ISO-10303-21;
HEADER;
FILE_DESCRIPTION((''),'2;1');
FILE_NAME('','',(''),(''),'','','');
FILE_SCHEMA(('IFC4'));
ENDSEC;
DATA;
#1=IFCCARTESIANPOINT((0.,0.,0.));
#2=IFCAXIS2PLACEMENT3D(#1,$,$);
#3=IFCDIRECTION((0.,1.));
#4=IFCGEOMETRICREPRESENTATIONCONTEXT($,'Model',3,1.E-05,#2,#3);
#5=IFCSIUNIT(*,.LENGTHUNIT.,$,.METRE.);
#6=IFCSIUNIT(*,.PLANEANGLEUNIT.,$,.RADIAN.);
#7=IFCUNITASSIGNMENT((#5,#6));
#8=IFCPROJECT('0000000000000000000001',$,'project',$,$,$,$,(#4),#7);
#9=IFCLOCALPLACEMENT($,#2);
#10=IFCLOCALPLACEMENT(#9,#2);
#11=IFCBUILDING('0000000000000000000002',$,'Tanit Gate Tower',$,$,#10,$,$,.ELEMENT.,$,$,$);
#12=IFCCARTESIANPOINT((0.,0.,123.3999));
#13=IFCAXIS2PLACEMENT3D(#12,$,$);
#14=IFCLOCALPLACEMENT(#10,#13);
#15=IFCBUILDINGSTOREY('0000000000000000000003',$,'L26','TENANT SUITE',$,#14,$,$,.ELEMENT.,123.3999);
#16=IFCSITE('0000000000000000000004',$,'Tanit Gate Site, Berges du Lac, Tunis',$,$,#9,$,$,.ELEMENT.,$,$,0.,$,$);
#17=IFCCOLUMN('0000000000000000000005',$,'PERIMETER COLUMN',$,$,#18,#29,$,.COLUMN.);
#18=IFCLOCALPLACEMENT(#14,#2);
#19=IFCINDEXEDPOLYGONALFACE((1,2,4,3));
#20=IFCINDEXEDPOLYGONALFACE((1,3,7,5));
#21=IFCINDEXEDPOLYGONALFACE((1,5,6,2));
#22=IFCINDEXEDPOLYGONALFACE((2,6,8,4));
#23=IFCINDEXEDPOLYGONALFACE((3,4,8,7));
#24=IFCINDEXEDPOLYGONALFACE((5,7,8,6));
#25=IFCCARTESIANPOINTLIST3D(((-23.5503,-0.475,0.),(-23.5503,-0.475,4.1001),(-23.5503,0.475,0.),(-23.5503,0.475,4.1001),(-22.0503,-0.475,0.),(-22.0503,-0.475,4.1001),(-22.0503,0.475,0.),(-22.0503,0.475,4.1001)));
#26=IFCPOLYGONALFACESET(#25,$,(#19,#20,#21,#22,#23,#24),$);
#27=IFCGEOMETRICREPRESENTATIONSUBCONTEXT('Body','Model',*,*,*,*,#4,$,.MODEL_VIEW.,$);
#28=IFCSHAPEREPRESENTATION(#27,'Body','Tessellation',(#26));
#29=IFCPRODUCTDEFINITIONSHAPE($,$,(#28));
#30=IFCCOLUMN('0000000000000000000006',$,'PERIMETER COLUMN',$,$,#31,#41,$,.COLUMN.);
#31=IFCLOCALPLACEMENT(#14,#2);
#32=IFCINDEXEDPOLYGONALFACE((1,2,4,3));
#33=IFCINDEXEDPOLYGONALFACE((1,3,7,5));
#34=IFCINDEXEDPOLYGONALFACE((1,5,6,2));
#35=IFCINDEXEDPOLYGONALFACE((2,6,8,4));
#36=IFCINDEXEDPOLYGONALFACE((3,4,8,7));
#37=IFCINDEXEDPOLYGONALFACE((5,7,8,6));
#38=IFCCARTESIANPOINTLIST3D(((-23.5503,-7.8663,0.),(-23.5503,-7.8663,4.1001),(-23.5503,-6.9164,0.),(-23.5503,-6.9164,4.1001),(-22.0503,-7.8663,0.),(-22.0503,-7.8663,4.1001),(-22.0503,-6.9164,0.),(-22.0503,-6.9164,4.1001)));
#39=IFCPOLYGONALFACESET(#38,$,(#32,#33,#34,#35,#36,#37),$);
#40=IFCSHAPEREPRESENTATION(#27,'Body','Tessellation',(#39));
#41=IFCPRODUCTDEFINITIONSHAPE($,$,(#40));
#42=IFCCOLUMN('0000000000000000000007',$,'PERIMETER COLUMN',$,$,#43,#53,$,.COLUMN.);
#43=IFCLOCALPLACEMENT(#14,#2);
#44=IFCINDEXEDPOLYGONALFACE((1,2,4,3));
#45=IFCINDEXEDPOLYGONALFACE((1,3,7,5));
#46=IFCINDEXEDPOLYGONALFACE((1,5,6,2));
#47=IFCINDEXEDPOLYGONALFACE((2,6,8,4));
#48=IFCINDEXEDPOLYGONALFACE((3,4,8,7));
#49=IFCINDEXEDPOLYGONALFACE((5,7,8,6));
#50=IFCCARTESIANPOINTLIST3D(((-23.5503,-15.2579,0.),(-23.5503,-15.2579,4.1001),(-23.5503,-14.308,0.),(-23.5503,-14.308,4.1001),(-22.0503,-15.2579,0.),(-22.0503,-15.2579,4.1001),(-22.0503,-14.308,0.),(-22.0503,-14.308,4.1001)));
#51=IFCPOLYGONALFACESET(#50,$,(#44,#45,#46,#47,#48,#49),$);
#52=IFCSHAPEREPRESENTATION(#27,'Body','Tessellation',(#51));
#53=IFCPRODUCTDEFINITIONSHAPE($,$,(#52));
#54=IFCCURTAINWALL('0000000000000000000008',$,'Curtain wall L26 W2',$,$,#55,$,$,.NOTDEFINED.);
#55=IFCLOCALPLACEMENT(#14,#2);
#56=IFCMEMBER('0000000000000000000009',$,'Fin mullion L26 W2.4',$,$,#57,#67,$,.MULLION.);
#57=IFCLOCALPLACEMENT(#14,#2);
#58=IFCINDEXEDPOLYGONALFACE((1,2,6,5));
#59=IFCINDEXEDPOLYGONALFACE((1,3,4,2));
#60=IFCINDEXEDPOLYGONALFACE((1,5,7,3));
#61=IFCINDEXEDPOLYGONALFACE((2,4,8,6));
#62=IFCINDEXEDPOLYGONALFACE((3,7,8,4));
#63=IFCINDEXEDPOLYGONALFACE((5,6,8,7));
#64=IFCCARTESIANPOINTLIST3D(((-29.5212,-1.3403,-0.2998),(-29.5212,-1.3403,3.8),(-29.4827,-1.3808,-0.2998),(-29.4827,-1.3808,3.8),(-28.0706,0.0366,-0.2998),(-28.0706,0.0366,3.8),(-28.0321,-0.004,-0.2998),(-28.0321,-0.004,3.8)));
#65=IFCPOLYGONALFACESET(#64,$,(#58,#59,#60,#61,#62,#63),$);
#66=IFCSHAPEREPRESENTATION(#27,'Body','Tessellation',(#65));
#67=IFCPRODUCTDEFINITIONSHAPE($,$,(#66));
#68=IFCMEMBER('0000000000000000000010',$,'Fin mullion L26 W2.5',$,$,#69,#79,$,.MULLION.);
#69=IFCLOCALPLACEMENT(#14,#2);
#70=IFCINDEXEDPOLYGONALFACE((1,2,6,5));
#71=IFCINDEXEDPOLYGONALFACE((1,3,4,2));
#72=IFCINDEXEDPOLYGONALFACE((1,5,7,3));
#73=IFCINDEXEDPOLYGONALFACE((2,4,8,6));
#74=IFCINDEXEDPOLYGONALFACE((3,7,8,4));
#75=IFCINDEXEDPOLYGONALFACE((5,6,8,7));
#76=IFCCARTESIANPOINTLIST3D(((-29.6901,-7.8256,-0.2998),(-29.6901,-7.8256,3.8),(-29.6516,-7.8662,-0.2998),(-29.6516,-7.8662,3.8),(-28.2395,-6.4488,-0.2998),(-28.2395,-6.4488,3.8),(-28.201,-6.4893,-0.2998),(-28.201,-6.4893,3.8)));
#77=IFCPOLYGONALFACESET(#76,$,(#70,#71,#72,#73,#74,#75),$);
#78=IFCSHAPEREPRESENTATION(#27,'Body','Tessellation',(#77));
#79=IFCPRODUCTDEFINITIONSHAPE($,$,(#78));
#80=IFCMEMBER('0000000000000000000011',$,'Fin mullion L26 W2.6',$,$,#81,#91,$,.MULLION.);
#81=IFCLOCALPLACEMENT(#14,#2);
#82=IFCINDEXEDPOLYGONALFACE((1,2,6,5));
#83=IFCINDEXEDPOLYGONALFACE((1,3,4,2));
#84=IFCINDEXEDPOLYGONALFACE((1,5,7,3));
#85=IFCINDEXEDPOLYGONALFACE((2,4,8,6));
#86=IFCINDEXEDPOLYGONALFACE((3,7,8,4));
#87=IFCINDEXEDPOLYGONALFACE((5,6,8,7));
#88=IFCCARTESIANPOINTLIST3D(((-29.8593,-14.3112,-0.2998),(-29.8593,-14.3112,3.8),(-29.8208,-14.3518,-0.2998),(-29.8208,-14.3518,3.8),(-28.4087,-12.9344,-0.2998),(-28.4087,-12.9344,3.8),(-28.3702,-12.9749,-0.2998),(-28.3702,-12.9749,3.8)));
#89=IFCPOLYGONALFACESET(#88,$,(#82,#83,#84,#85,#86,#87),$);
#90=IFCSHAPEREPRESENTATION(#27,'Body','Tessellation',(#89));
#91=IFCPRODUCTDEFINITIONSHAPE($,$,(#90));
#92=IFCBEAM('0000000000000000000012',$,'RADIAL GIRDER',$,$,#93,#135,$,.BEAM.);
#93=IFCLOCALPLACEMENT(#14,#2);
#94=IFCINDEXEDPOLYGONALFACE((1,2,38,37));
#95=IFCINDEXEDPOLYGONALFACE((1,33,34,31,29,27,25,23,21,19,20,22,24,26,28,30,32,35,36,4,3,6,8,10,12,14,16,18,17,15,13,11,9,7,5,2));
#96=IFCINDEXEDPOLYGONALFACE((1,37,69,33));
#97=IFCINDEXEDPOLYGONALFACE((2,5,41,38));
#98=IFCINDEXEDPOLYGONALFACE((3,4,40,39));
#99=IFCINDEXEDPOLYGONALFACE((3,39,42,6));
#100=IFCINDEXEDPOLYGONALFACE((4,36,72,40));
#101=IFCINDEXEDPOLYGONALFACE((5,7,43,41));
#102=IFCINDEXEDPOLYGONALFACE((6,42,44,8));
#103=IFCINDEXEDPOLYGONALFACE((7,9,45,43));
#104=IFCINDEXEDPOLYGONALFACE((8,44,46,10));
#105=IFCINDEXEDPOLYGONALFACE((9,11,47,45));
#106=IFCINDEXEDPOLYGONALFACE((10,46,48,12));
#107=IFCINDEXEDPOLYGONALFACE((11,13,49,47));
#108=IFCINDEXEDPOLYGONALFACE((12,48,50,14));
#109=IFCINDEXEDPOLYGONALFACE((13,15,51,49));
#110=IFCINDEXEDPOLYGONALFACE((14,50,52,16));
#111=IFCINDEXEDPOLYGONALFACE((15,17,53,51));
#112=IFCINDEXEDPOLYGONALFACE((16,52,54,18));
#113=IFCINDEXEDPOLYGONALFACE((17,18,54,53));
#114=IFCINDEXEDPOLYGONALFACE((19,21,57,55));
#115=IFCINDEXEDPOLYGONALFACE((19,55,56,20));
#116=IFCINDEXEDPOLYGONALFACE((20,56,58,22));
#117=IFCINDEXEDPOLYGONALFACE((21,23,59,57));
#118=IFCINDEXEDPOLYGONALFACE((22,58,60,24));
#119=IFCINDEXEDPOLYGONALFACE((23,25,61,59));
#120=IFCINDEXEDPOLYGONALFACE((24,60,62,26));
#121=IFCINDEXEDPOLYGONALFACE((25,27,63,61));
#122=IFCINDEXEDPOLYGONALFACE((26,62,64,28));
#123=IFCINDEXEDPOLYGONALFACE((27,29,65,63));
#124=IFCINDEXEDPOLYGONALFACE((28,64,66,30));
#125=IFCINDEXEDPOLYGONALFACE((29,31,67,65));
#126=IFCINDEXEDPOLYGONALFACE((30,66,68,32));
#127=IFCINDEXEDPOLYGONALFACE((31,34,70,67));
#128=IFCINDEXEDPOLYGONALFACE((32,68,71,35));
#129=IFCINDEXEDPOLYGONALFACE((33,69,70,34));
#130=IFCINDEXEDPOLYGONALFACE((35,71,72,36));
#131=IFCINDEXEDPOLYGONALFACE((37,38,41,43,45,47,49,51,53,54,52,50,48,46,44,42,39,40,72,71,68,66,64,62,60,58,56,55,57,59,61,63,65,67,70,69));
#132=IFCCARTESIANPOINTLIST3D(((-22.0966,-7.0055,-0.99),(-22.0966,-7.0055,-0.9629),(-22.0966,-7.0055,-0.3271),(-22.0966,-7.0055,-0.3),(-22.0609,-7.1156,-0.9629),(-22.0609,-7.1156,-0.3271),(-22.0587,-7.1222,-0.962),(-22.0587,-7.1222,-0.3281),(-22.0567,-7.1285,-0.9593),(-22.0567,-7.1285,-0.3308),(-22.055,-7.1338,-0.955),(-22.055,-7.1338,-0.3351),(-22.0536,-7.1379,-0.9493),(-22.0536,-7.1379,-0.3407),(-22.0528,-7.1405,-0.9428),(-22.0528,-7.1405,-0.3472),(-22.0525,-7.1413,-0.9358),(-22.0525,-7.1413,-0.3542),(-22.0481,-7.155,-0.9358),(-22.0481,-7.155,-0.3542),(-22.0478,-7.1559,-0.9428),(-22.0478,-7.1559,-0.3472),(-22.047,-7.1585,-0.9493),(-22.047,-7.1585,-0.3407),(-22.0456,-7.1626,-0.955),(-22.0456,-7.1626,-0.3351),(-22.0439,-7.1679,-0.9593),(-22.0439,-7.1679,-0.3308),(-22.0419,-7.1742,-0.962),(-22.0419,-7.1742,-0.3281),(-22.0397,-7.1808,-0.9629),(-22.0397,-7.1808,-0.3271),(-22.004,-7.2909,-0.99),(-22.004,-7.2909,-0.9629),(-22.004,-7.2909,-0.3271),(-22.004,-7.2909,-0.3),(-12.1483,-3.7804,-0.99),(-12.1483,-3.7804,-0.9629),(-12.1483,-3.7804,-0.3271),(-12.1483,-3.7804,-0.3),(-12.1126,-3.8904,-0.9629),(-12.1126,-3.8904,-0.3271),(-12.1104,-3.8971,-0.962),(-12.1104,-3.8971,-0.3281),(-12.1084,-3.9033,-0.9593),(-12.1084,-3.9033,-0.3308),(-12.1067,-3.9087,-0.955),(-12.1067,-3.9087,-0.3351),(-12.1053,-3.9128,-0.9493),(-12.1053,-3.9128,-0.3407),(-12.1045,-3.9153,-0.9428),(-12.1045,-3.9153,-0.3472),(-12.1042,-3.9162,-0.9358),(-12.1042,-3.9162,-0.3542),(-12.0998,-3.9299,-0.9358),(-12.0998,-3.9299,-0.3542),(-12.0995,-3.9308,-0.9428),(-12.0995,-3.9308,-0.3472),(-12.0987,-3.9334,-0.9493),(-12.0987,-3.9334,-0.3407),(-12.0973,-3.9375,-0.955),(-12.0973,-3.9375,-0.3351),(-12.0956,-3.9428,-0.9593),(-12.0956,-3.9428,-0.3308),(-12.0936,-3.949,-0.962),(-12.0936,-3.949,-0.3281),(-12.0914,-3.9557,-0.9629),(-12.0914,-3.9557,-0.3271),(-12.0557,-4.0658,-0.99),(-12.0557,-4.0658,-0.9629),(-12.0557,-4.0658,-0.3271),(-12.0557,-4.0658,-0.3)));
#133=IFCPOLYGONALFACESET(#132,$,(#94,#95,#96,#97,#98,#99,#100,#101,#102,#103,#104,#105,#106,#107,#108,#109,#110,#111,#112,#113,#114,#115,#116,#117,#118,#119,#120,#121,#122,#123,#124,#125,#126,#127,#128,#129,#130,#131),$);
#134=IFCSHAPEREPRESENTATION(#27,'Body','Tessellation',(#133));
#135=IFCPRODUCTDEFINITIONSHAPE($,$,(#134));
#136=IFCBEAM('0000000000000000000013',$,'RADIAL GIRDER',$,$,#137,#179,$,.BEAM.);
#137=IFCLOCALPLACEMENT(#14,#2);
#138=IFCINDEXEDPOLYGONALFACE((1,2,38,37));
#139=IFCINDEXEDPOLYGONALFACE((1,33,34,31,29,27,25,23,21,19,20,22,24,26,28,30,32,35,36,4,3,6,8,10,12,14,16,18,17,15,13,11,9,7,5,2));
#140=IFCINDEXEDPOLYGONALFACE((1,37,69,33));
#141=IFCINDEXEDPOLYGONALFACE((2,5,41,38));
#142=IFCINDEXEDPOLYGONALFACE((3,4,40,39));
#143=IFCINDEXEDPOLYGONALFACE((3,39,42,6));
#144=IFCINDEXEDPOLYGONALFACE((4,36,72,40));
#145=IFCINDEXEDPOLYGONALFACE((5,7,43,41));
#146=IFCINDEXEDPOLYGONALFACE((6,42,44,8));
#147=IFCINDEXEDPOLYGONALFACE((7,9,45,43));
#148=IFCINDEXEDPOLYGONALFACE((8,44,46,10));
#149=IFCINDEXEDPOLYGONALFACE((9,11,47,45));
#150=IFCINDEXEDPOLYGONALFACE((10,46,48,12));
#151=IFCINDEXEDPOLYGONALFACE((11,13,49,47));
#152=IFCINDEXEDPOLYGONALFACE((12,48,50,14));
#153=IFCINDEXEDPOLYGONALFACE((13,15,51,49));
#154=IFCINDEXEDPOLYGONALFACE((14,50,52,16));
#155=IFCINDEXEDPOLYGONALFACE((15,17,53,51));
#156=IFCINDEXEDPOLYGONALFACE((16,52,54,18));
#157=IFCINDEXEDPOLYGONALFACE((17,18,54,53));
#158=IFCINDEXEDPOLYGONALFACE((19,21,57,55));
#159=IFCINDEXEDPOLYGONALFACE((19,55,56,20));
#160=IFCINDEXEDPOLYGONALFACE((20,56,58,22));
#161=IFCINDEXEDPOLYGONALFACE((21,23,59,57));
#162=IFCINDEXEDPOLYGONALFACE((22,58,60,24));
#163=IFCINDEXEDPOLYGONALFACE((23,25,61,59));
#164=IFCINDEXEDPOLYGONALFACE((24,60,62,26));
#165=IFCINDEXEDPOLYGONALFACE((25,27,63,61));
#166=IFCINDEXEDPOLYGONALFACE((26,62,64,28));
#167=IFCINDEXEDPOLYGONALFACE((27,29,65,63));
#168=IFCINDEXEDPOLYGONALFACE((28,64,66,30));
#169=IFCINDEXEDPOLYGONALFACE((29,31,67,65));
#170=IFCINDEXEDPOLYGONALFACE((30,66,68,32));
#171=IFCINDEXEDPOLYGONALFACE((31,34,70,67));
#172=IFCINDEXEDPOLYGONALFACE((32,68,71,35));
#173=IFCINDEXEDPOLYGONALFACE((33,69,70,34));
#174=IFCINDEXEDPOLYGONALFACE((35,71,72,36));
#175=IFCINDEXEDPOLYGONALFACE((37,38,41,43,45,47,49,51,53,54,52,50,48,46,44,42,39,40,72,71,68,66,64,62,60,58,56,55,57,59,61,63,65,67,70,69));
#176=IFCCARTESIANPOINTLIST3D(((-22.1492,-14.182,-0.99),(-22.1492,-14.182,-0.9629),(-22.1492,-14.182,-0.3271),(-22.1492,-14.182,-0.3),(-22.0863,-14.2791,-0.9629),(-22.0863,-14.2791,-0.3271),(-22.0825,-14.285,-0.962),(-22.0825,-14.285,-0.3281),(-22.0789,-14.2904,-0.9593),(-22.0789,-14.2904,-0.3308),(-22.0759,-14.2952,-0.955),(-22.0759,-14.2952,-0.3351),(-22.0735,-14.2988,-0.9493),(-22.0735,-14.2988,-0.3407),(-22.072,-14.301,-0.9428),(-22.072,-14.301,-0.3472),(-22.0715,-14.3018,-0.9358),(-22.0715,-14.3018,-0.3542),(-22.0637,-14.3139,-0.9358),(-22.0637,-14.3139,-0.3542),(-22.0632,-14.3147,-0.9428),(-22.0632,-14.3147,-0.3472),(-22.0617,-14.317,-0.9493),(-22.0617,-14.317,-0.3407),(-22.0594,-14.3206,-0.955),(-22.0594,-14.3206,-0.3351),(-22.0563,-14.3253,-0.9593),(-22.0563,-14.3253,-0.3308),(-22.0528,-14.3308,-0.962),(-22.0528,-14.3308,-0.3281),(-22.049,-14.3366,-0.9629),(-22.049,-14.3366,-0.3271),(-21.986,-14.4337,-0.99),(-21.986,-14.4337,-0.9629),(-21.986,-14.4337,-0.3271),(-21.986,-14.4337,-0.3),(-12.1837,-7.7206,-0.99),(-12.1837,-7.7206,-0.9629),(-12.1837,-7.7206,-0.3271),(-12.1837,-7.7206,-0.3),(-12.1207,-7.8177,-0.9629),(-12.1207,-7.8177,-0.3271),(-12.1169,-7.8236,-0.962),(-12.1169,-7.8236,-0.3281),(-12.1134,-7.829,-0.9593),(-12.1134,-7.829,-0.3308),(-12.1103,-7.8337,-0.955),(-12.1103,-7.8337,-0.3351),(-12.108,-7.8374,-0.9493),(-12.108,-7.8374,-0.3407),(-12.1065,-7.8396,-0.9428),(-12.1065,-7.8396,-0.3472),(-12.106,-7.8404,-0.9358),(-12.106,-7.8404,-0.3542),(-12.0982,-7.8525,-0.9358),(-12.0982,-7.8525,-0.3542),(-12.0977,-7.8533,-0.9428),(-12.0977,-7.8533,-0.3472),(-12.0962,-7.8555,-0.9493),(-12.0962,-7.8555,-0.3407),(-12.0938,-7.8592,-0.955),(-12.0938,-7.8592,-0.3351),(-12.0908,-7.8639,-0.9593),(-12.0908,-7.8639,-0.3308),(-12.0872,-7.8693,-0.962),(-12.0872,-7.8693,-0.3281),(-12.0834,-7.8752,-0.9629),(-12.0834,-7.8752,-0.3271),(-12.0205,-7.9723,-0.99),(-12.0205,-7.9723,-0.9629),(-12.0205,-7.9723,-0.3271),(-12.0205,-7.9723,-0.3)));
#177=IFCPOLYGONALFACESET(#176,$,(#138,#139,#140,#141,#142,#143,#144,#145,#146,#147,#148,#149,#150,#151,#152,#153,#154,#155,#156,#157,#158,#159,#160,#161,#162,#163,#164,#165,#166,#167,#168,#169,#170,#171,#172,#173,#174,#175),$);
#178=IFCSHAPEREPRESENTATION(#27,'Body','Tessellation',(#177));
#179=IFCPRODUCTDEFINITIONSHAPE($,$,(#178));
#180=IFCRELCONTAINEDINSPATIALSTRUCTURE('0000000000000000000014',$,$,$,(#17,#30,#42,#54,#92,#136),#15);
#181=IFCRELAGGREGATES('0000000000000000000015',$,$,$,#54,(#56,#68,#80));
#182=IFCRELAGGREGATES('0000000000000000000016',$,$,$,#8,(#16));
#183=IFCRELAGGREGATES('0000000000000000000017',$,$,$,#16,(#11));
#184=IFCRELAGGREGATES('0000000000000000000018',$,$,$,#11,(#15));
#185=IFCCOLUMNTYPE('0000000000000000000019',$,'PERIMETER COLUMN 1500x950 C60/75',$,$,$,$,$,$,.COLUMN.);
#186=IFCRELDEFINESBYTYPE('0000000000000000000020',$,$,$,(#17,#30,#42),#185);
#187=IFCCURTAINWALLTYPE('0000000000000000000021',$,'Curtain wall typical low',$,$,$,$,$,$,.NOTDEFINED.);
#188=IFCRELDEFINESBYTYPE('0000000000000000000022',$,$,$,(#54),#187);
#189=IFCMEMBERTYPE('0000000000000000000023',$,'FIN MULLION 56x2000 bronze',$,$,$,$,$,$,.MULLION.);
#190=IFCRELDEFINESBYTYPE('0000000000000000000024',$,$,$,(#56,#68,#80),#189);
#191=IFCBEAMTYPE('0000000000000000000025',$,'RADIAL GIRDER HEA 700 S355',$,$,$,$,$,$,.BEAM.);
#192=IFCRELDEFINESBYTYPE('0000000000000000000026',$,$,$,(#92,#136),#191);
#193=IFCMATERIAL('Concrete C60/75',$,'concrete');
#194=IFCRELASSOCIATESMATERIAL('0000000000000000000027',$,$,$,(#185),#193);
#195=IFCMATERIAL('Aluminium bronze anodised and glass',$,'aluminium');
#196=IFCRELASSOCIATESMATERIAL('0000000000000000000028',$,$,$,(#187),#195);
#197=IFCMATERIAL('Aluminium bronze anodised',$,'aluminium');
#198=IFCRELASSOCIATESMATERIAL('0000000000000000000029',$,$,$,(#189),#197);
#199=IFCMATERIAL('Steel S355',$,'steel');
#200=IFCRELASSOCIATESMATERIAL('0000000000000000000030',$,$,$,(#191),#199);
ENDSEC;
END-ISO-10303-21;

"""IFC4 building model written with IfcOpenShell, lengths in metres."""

from ifc_helpers import new_model, si_unit, direction, frame, origin, origin_2d, place, context, subcontext, project, spatial, rectangle, i_section, extrude, material, material_profile, profile_set, type_object, element, aggregate, save


model = new_model("IFC4")

# Units and contexts
model_context = context("Model", 3, precision=1e-05, world=origin(), true_north=direction((0.0, 1.0)))
body_context = subcontext(model_context, "Body", "Model", "MODEL_VIEW")
ifc_project = project(units=[si_unit("LENGTHUNIT", "METRE"), si_unit("PLANEANGLEUNIT", "RADIAN")], contexts=[model_context])

# Site, building, storey
site_placement = place(None, origin())
site = spatial("IfcSite", under=ifc_project, at=site_placement, Name="Tanit Gate Site, Berges du Lac, Tunis", CompositionType="ELEMENT", RefElevation=0.0)
building_placement = place(site_placement, origin())
building = spatial("IfcBuilding", under=site, at=building_placement, Name="Tanit Gate Tower", CompositionType="ELEMENT")
storey_placement = place(building_placement, frame((0.0, 0.0, 123.3999)))
storey = spatial("IfcBuildingStorey", under=building, at=storey_placement, Name="L26", Description="TENANT SUITE", CompositionType="ELEMENT", Elevation=123.3999)

# Columns
ifc_material_1 = material(Name="Concrete C60/75", Category="concrete")
ifc_material_profile_1 = material_profile(ifc_material_1, rectangle(XDim=1.5, YDim=0.95, at=origin_2d()), Name="RC 1500x950")
ifc_profile_set_1 = profile_set([ifc_material_profile_1], Name="Concrete C60/75")
column_type = type_object("IfcColumnType", Name="PERIMETER COLUMN 1500x950 C60/75", PredefinedType="COLUMN", material=ifc_profile_set_1)
for number, where, z_axis, x_axis, name in (
    (1, (-22.8003, 0.0, 0.0), (0.0, 0.0, 1.0), (-1.0, 0.0, 0.0), "PERIMETER COLUMN"),
    (2, (-22.8003, -7.3914, 0.0), (0.0, 0.0, 1.0), (-1.0, 0.0, 0.0), "PERIMETER COLUMN"),
    (3, (-22.8003, -14.783, 0.0), (0.0, 0.0, 1.0), (-1.0, 0.0, 0.0), "PERIMETER COLUMN"),
):
    element("IfcColumn", number, at=place(storey_placement, frame(where, z_axis=z_axis, x_axis=x_axis)), inside=storey, type_object=column_type, Name=name, PredefinedType="COLUMN", context=body_context, shape_type="SweptSolid", body=[
        extrude(rectangle(XDim=1.5, YDim=0.95, at=origin_2d()), origin(), (0.0, 0.0, 1.0), 4.1001),
    ])

# Curtain wall, members
ifc_material_2 = material(Name="Aluminium bronze anodised and glass", Category="aluminium")
curtain_wall_type = type_object("IfcCurtainWallType", Name="Curtain wall typical low", PredefinedType="NOTDEFINED", material=ifc_material_2)
curtain_wall_placement = place(storey_placement, origin())
curtain_wall = element("IfcCurtainWall", 4, at=curtain_wall_placement, inside=storey, type_object=curtain_wall_type, Name="Curtain wall L26 W2", PredefinedType="NOTDEFINED")
ifc_material_3 = material(Name="Aluminium bronze anodised", Category="aluminium")
ifc_material_profile_2 = material_profile(ifc_material_3, rectangle(XDim=2.0, YDim=0.0559, at=origin_2d()), Name="56x2000 bronze fin mullion")
ifc_profile_set_2 = profile_set([ifc_material_profile_2], Name="Aluminium bronze anodised")
member_type_1 = type_object("IfcMemberType", Name="FIN MULLION 56x2000 bronze", PredefinedType="MULLION", material=ifc_profile_set_2)
member_1_placement = place(storey_placement, frame((-28.7766, -0.6721, -0.2998), z_axis=(0.0, 0.0, 1.0), x_axis=(0.725296, 0.688438, 0.0)))
member_1 = element("IfcMember", 5, at=member_1_placement, type_object=member_type_1, Name="Fin mullion L26 W2.4", PredefinedType="MULLION", context=body_context, shape_type="SweptSolid", body=[
    extrude(rectangle(XDim=2.0, YDim=0.0559, at=origin_2d()), origin(), (0.0, 0.0, 1.0), 4.0999),
])
member_2_placement = place(storey_placement, frame((-28.9456, -7.1575, -0.2998), z_axis=(0.0, 0.0, 1.0), x_axis=(0.725296, 0.688438, 0.0)))
member_2 = element("IfcMember", 6, at=member_2_placement, type_object=member_type_1, Name="Fin mullion L26 W2.5", PredefinedType="MULLION", context=body_context, shape_type="SweptSolid", body=[
    extrude(rectangle(XDim=2.0, YDim=0.0559, at=origin_2d()), origin(), (0.0, 0.0, 1.0), 4.0999),
])
member_3_placement = place(storey_placement, frame((-29.1147, -13.6431, -0.2998), z_axis=(0.0, 0.0, 1.0), x_axis=(0.725296, 0.688438, 0.0)))
member_3 = element("IfcMember", 7, at=member_3_placement, type_object=member_type_1, Name="Fin mullion L26 W2.6", PredefinedType="MULLION", context=body_context, shape_type="SweptSolid", body=[
    extrude(rectangle(XDim=2.0, YDim=0.0559, at=origin_2d()), origin(), (0.0, 0.0, 1.0), 4.0999),
])

# Beams
ifc_material_4 = material(Name="Steel S355", Category="steel")
ifc_material_profile_3 = material_profile(ifc_material_4, i_section(OverallWidth=0.3, OverallDepth=0.6899, WebThickness=0.0144, FlangeThickness=0.0271, FilletRadius=0.0271, at=origin_2d()), Name="HEA 700")
ifc_profile_set_3 = profile_set([ifc_material_profile_3], Name="Steel S355")
beam_type_1 = type_object("IfcBeamType", Name="RADIAL GIRDER HEA 700 S355", PredefinedType="BEAM", material=ifc_profile_set_3)
beam_1_placement = place(storey_placement, frame((-22.0503, -7.1482, -0.645), z_axis=(0.951261, 0.308387, 0.0), x_axis=(-0.308387, 0.951261, 0.0)))
element("IfcBeam", 8, at=beam_1_placement, inside=storey, type_object=beam_type_1, Name="RADIAL GIRDER", PredefinedType="BEAM", context=body_context, shape_type="SweptSolid", body=[
    extrude(i_section(OverallWidth=0.3, OverallDepth=0.6899, WebThickness=0.0144, FlangeThickness=0.0271, FilletRadius=0.0271, at=origin_2d()), origin(), (0.0, 0.0, 1.0), 10.458),
])
beam_2_placement = place(storey_placement, frame((-22.0676, -14.3079, -0.645), z_axis=(0.839066, 0.544029, 0.0), x_axis=(-0.544029, 0.839066, 0.0)))
element("IfcBeam", 9, at=beam_2_placement, inside=storey, type_object=beam_type_1, Name="RADIAL GIRDER", PredefinedType="BEAM", context=body_context, shape_type="SweptSolid", body=[
    extrude(i_section(OverallWidth=0.3, OverallDepth=0.6899, WebThickness=0.0144, FlangeThickness=0.0271, FilletRadius=0.0271, at=origin_2d()), origin(), (0.0, 0.0, 1.0), 11.877),
])

aggregate(curtain_wall, [member_1, member_2, member_3])

save(model, "model.ifc")
